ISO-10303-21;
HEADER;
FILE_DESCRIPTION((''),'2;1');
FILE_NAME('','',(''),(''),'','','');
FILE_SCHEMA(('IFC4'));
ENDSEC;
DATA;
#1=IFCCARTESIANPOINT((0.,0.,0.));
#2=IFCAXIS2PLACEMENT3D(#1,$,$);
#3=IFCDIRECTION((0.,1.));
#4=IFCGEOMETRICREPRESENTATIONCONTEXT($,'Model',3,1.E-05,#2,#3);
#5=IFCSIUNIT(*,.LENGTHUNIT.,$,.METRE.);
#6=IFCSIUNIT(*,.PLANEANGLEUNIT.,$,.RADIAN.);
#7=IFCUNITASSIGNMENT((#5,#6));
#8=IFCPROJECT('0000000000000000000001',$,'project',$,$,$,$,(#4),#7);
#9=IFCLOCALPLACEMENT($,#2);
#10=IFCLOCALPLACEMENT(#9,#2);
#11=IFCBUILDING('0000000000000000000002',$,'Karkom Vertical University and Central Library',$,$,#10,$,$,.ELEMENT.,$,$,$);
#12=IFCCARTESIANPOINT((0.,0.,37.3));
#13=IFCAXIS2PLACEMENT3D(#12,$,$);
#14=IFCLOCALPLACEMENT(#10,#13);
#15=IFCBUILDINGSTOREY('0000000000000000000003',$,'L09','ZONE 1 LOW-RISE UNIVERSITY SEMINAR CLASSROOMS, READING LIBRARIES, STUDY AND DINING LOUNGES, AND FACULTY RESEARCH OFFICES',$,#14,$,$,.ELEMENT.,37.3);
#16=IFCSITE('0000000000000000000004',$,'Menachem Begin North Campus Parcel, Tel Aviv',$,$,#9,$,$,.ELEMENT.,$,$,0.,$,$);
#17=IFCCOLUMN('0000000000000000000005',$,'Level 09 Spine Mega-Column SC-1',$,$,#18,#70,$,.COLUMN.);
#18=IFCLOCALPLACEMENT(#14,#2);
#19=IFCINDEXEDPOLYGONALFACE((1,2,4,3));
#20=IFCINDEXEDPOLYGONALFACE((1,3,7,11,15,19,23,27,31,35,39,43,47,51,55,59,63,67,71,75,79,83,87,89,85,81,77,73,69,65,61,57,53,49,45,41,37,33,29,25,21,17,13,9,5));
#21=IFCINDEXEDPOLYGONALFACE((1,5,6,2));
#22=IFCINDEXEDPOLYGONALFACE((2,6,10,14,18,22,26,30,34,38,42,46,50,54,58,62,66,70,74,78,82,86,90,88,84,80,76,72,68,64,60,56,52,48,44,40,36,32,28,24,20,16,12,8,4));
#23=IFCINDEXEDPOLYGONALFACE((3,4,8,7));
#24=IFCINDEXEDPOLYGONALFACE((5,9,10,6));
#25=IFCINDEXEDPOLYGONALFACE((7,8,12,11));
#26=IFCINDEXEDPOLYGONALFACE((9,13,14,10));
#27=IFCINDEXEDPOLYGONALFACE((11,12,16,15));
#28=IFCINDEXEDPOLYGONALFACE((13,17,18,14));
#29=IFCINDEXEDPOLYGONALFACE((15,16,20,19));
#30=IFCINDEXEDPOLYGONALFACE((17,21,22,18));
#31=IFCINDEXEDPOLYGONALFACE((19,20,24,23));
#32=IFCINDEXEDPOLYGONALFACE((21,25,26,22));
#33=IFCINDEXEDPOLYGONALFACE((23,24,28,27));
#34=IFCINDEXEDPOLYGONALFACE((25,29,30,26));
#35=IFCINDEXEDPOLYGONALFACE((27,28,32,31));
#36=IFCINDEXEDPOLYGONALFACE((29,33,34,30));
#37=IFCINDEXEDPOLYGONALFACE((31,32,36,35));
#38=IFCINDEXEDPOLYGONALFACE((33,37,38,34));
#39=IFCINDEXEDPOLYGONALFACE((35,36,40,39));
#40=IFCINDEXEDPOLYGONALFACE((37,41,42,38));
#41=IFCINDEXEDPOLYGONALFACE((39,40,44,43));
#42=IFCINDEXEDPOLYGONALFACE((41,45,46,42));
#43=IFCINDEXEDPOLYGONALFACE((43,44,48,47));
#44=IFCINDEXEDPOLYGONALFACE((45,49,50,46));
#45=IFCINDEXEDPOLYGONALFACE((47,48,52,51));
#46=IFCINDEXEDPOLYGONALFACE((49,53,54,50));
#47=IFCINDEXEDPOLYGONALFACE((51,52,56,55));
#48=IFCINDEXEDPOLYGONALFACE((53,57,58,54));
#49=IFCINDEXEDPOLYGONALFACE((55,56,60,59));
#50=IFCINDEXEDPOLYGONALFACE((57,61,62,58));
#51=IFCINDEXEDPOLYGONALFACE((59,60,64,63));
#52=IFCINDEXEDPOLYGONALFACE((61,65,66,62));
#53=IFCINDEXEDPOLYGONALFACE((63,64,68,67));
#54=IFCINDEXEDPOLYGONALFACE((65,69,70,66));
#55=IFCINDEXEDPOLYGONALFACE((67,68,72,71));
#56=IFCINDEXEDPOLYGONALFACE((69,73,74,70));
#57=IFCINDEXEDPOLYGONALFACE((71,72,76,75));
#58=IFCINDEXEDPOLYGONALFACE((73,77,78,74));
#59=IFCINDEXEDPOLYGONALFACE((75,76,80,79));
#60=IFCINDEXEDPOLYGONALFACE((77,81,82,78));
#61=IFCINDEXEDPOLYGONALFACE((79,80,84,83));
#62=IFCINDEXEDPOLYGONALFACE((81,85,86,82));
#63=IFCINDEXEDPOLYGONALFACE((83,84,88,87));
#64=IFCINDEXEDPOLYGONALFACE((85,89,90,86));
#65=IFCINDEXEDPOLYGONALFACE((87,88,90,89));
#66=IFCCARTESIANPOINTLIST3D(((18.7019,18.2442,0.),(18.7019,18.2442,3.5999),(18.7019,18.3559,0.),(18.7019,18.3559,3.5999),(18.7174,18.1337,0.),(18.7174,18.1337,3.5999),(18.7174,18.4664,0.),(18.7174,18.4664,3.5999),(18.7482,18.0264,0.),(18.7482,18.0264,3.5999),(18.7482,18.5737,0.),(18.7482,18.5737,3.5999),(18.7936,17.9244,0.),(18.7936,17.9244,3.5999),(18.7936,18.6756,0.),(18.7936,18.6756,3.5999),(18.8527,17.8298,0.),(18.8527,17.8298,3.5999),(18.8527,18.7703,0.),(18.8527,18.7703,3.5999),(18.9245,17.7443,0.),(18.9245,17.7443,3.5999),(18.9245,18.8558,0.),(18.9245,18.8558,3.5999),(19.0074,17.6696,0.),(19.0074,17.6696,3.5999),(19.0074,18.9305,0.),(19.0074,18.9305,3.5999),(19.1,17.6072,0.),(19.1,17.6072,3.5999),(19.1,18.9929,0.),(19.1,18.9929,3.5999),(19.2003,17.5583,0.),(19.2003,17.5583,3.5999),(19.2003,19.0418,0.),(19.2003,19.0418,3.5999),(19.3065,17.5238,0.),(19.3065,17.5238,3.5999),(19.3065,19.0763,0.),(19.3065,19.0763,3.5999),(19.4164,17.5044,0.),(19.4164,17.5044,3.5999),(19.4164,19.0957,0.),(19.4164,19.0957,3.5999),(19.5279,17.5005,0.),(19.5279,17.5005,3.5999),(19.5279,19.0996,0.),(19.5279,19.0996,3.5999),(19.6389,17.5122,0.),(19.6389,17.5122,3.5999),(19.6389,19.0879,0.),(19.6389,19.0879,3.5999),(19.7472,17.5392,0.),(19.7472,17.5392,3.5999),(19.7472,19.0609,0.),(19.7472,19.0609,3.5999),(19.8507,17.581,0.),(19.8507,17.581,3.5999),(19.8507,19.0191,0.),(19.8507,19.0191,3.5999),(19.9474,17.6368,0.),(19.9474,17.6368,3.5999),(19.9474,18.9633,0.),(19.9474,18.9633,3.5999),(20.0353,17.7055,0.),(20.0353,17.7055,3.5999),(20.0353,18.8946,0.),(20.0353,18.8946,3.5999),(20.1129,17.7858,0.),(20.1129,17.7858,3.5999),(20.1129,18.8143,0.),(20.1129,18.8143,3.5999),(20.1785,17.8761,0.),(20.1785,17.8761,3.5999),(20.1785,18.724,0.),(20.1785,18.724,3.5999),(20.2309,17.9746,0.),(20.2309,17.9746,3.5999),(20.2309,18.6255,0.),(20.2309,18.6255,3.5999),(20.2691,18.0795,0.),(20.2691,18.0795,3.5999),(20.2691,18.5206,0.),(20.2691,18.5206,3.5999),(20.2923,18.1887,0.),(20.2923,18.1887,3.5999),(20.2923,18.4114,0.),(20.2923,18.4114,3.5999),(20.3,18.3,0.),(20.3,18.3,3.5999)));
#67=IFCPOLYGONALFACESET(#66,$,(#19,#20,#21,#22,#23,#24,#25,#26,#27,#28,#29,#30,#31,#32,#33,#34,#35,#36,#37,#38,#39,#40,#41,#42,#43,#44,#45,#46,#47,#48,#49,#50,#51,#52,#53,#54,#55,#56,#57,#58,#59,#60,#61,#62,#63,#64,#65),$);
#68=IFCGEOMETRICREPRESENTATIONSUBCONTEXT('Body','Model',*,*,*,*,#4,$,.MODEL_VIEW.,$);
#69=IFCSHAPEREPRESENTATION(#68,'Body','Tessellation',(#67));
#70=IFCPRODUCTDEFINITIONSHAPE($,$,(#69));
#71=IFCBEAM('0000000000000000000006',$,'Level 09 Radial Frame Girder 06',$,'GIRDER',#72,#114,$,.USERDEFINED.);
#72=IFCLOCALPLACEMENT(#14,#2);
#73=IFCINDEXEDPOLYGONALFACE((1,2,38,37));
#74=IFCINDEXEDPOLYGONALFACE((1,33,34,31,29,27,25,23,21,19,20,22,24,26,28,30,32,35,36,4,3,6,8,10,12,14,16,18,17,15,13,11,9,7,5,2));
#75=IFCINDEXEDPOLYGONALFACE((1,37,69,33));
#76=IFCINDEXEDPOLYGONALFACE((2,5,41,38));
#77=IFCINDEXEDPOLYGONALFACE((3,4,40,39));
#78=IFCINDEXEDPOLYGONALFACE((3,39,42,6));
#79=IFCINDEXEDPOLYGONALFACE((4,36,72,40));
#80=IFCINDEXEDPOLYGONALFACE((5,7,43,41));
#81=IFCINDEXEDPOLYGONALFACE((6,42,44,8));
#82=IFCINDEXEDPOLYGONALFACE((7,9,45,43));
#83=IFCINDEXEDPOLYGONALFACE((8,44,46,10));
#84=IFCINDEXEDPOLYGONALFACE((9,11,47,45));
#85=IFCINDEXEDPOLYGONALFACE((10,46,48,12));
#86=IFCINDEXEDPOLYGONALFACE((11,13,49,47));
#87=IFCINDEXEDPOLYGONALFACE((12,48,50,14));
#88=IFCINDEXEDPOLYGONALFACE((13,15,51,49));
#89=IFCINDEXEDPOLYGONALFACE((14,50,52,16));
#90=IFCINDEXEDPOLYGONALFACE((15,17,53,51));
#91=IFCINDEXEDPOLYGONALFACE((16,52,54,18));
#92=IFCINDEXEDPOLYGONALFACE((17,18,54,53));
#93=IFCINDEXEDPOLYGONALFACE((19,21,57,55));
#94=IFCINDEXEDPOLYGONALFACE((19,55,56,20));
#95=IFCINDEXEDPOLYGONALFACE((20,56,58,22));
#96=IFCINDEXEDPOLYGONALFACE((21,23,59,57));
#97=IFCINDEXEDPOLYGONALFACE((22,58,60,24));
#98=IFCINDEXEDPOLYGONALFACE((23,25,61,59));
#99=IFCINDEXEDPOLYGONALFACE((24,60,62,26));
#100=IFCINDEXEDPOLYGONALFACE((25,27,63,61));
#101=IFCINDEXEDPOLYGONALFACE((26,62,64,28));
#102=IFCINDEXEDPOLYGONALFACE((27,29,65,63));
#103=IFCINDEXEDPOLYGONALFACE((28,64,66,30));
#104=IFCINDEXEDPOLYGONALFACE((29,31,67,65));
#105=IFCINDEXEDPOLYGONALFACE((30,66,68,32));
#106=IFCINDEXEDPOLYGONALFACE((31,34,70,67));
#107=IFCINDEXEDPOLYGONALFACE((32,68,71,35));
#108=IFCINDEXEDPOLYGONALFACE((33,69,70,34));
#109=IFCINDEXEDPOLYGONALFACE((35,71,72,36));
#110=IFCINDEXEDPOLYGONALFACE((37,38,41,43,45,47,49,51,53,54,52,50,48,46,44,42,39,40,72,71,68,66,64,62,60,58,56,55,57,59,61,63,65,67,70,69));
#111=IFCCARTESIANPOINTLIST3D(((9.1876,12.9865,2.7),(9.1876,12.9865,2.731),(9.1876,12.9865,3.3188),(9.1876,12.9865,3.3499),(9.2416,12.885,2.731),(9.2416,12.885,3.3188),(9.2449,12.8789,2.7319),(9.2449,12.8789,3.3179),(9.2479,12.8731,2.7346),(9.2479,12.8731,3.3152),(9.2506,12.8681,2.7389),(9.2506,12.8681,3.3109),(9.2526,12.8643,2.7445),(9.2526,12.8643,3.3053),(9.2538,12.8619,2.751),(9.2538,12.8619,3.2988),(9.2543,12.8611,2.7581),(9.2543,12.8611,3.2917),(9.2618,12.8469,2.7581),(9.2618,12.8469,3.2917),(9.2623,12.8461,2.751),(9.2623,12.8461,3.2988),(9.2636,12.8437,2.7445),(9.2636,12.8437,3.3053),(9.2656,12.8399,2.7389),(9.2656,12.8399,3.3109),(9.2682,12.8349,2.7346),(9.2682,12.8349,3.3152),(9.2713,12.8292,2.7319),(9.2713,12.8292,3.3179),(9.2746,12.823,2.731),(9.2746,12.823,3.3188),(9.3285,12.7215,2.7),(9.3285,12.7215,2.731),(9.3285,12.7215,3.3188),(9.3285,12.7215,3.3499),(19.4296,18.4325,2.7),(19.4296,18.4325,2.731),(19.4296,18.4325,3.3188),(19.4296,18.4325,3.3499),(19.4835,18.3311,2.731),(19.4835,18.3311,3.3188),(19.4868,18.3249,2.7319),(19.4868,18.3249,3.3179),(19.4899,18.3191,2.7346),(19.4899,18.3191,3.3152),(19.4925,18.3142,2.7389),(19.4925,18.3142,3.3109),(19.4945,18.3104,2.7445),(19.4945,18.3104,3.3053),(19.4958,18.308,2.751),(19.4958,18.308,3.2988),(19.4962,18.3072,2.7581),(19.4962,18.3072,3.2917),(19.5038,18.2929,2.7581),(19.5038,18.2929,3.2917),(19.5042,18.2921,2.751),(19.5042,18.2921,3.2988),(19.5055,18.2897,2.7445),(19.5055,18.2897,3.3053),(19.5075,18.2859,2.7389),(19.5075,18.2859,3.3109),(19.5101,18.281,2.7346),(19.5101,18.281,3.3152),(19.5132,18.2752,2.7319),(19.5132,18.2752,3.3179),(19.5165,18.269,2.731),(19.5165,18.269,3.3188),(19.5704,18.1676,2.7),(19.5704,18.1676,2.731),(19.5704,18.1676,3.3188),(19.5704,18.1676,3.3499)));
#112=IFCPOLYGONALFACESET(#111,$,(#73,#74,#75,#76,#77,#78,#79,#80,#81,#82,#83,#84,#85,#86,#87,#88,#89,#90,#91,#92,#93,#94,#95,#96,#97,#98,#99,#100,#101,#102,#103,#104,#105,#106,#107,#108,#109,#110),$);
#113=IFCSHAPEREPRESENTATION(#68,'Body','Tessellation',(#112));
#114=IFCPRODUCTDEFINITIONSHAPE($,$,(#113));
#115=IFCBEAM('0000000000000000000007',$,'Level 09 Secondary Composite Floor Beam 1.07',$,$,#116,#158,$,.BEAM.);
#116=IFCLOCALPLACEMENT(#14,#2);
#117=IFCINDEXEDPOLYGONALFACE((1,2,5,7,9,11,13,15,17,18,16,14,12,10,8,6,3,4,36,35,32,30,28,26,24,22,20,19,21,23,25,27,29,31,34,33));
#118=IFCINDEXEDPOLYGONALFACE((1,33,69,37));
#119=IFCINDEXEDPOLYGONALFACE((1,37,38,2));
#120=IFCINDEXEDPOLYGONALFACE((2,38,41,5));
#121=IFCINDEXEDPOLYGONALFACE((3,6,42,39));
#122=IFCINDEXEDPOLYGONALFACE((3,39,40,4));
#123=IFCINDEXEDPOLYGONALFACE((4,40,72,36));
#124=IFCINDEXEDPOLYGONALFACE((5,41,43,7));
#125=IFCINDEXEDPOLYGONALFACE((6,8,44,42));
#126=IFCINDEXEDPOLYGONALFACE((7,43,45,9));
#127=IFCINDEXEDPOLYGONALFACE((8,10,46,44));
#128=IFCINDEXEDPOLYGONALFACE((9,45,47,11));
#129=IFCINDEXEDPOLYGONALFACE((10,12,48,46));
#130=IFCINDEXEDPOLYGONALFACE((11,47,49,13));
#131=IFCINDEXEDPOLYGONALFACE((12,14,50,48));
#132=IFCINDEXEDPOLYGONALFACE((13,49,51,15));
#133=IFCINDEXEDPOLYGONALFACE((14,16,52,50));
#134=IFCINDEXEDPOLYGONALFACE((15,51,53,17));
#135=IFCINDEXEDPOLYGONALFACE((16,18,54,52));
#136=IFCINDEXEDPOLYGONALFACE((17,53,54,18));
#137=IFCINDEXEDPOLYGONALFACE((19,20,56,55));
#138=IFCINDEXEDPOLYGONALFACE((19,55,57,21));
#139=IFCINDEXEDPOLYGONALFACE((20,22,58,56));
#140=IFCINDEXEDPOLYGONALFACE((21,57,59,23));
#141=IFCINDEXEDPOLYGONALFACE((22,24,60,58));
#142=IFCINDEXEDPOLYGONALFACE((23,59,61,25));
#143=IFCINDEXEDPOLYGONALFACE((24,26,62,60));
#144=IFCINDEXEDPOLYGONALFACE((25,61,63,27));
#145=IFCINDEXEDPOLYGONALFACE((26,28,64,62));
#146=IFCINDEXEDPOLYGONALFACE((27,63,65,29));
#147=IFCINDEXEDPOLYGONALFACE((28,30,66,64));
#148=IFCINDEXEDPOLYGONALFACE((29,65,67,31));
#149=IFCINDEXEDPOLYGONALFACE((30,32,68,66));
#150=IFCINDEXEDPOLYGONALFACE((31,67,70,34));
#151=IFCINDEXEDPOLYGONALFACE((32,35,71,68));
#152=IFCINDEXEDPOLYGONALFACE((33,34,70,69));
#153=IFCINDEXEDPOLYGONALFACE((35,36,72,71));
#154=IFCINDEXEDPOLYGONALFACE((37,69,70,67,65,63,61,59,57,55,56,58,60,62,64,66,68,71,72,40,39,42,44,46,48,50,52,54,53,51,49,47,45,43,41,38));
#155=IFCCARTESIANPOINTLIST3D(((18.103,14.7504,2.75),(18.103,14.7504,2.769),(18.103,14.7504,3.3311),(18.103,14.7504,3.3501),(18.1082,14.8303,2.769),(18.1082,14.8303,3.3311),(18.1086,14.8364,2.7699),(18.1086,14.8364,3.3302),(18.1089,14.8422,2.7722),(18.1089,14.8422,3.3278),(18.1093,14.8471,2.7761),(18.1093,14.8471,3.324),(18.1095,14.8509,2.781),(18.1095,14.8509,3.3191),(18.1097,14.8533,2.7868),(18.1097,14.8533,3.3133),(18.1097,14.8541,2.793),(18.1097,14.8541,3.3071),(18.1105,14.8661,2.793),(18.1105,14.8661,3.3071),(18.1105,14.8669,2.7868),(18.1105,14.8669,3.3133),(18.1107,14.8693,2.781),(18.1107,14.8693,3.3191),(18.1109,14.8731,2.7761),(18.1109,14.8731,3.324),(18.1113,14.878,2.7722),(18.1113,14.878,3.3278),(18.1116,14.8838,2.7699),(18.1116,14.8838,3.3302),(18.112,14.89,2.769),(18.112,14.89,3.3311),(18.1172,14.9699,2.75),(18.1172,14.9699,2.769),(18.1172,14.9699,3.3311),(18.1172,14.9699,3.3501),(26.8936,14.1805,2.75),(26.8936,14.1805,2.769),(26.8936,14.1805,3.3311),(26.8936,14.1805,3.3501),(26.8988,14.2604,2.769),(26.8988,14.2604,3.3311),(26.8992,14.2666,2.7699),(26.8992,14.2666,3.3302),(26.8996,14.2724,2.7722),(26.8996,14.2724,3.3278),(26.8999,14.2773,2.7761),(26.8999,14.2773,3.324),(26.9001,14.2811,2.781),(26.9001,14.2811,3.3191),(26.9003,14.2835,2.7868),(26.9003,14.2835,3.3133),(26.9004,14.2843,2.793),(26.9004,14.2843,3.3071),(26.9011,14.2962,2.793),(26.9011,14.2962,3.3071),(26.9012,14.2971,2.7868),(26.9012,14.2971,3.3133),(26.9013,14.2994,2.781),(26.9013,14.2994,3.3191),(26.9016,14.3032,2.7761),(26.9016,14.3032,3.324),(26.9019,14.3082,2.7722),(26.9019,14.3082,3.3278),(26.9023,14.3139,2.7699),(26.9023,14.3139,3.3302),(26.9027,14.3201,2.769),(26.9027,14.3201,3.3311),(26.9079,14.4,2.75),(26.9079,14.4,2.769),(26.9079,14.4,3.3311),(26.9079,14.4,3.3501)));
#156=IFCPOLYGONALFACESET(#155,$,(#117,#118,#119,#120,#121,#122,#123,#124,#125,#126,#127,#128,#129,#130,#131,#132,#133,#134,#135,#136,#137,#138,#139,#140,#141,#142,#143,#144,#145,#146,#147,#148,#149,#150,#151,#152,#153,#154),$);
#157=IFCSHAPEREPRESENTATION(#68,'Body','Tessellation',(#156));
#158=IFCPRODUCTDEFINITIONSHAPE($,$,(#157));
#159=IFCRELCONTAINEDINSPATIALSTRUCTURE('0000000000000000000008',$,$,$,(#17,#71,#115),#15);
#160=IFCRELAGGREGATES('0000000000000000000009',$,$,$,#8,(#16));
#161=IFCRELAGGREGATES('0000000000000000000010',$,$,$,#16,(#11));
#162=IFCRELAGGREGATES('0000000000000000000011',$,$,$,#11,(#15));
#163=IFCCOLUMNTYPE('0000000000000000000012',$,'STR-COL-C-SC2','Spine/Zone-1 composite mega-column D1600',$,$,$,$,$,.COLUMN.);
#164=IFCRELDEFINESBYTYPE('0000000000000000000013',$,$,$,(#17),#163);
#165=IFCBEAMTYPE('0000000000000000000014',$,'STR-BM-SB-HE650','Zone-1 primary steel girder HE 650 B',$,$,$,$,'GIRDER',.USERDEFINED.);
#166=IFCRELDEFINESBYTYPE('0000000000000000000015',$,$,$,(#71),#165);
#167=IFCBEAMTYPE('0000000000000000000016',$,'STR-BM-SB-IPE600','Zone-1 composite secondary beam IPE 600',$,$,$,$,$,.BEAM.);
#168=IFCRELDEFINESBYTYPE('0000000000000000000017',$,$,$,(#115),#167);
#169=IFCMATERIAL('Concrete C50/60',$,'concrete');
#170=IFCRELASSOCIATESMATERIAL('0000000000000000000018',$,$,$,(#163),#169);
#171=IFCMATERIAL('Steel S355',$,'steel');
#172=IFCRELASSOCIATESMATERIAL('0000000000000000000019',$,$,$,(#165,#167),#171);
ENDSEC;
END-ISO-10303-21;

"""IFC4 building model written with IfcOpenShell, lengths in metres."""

from ifc_helpers import new_model, si_unit, direction, frame, origin, origin_with_axes, origin_2d, place, context, subcontext, project, spatial, circle, i_section, extrude, source, transform, mapped, material, material_profile, profile_set, type_object, element, save


model = new_model("IFC4")

# Units and contexts
model_context = context("Model", 3, precision=1e-05, world=origin(), true_north=direction((0.0, 1.0)))
body_context = subcontext(model_context, "Body", "Model", "MODEL_VIEW")
ifc_project = project(units=[si_unit("LENGTHUNIT", "METRE"), si_unit("PLANEANGLEUNIT", "RADIAN")], contexts=[model_context])

# Site, building, storey
site_placement = place(None, origin())
site = spatial("IfcSite", under=ifc_project, at=site_placement, Name="Menachem Begin North Campus Parcel, Tel Aviv", CompositionType="ELEMENT", RefElevation=0.0)
building_placement = place(site_placement, origin())
building = spatial("IfcBuilding", under=site, at=building_placement, Name="Karkom Vertical University and Central Library", CompositionType="ELEMENT")
storey_placement = place(building_placement, frame((0.0, 0.0, 37.3)))
storey = spatial("IfcBuildingStorey", under=building, at=storey_placement, Name="L09", Description="ZONE 1 LOW-RISE UNIVERSITY SEMINAR CLASSROOMS, READING LIBRARIES, STUDY AND DINING LOUNGES, AND FACULTY RESEARCH OFFICES", CompositionType="ELEMENT", Elevation=37.3)

# Column
ifc_material_1 = material(Name="Concrete C50/60", Category="concrete")
ifc_material_profile_1 = material_profile(ifc_material_1, circle(Radius=0.8, at=origin_2d()), Name="CFT-D1600")
ifc_profile_set_1 = profile_set([ifc_material_profile_1], Name="Concrete C50/60")
column_type = type_object("IfcColumnType", Name="STR-COL-C-SC2", Description="Spine/Zone-1 composite mega-column D1600", PredefinedType="COLUMN", material=ifc_profile_set_1)
shared_shape_1 = source(origin_with_axes(), body_context, "Body", "SweptSolid", [
    extrude(circle(Radius=0.8, at=origin_2d()), origin(), (0.0, 0.0, 1.0), 3.5999),
])
column_placement = place(storey_placement, frame((19.5, 18.3, 0.0), z_axis=(0.0, 0.0, 1.0), x_axis=(1.0, 0.0, 0.0)))
element("IfcColumn", 1, at=column_placement, inside=storey, type_object=column_type, Name="Level 09 Spine Mega-Column SC-1", PredefinedType="COLUMN", context=body_context, shape_type="MappedRepresentation", body=[
    mapped(shared_shape_1, transform((0.0, 0.0, 0.0), scale=1.0)),
])

# Beams
ifc_material_2 = material(Name="Steel S355", Category="steel")
ifc_material_profile_2 = material_profile(ifc_material_2, i_section(OverallWidth=0.3, OverallDepth=0.6499, WebThickness=0.0161, FlangeThickness=0.031, FilletRadius=0.0271, at=origin_2d()), Name="HE 650 B")
ifc_profile_set_2 = profile_set([ifc_material_profile_2], Name="Steel S355")
beam_type_1 = type_object("IfcBeamType", Name="STR-BM-SB-HE650", Description="Zone-1 primary steel girder HE 650 B", ElementType="GIRDER", PredefinedType="USERDEFINED", material=ifc_profile_set_2)
shared_shape_2 = source(origin_with_axes(), body_context, "Body", "SweptSolid", [
    extrude(i_section(OverallWidth=0.3, OverallDepth=0.6499, WebThickness=0.0161, FlangeThickness=0.031, FilletRadius=0.0271, at=origin_2d()), origin(), (0.0, 0.0, 1.0), 11.5999),
])
beam_1_placement = place(storey_placement, frame((19.5, 18.3, 3.0249), z_axis=(-0.882937, -0.469492, 0.0), x_axis=(0.469492, -0.882937, 0.0)))
element("IfcBeam", 2, at=beam_1_placement, inside=storey, type_object=beam_type_1, Name="Level 09 Radial Frame Girder 06", ObjectType="GIRDER", PredefinedType="USERDEFINED", context=body_context, shape_type="MappedRepresentation", body=[
    mapped(shared_shape_2, transform((0.0, 0.0, 0.0), scale=1.0)),
])
ifc_material_profile_3 = material_profile(ifc_material_2, i_section(OverallWidth=0.22, OverallDepth=0.6001, WebThickness=0.012, FlangeThickness=0.019, FilletRadius=0.0239, at=origin_2d()), Name="IPE 600")
ifc_profile_set_3 = profile_set([ifc_material_profile_3], Name="Steel S355")
beam_type_2 = type_object("IfcBeamType", Name="STR-BM-SB-IPE600", Description="Zone-1 composite secondary beam IPE 600", PredefinedType="BEAM", material=ifc_profile_set_3)
shared_shape_3 = source(origin_with_axes(), body_context, "Body", "SweptSolid", [
    extrude(i_section(OverallWidth=0.22, OverallDepth=0.6001, WebThickness=0.012, FlangeThickness=0.019, FilletRadius=0.0239, at=origin_2d()), origin(), (0.0, 0.0, 1.0), 8.8091),
])
beam_2_placement = place(storey_placement, frame((18.1101, 14.8601, 3.05), z_axis=(0.997906, -0.064687, 0.0), x_axis=(0.064687, 0.997906, 0.0)))
element("IfcBeam", 3, at=beam_2_placement, inside=storey, type_object=beam_type_2, Name="Level 09 Secondary Composite Floor Beam 1.07", PredefinedType="BEAM", context=body_context, shape_type="MappedRepresentation", body=[
    mapped(shared_shape_3, transform((0.0, 0.0, 0.0), scale=1.0)),
])

save(model, "model.ifc")
